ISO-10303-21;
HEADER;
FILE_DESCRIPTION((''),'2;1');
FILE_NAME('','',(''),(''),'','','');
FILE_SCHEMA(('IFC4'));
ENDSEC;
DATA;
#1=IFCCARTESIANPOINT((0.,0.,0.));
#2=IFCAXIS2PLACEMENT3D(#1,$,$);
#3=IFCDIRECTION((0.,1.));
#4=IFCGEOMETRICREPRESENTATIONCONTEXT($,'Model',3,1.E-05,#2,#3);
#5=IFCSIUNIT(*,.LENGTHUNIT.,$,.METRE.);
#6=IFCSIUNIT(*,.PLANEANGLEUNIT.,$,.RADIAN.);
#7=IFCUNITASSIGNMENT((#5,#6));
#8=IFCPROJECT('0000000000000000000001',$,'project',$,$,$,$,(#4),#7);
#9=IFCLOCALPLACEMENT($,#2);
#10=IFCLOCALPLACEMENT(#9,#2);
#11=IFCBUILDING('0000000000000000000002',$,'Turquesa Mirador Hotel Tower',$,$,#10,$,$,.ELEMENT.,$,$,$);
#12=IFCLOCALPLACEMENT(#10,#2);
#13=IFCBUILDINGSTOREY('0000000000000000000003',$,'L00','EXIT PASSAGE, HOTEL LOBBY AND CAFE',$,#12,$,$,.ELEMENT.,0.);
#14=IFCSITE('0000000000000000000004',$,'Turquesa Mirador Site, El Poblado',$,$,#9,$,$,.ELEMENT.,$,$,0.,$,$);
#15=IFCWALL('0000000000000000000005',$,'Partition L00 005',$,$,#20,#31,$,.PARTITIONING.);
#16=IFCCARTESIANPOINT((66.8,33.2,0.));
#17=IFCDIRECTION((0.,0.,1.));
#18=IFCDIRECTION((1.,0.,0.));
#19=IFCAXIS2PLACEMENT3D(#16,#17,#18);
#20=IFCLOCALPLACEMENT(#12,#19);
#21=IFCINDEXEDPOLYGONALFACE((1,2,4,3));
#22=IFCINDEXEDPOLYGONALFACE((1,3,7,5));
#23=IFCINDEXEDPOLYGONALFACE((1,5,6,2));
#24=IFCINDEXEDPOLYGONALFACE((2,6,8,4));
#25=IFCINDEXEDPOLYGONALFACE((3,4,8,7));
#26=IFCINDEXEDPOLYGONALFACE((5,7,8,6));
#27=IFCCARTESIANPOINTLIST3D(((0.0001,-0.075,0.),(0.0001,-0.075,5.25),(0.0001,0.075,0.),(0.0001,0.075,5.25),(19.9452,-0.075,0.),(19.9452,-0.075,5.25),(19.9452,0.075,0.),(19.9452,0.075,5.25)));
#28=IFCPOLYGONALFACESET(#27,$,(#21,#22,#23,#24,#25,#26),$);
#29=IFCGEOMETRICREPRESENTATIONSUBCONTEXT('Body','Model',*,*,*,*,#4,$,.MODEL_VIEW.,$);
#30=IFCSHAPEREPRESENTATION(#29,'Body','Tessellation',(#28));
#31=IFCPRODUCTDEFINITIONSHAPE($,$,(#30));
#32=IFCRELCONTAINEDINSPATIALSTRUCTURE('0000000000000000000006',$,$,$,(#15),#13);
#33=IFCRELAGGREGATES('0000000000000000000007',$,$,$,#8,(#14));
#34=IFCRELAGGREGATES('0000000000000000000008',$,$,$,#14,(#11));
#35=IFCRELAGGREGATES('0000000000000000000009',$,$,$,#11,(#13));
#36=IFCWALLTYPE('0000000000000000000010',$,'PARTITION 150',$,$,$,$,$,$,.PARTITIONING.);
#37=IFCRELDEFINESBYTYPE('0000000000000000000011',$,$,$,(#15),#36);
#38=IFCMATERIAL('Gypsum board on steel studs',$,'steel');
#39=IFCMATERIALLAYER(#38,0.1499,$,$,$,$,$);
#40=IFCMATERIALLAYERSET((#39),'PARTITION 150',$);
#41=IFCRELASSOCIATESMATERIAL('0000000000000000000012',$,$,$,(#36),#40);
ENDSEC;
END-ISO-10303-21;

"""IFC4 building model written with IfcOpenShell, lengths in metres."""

from ifc_helpers import new_model, si_unit, direction, frame, frame_2d, origin, place, context, subcontext, project, spatial, rectangle, extrude, material, layer, layer_set, type_object, element, save


model = new_model("IFC4")

# Units and contexts
model_context = context("Model", 3, precision=1e-05, world=origin(), true_north=direction((0.0, 1.0)))
body_context = subcontext(model_context, "Body", "Model", "MODEL_VIEW")
ifc_project = project(units=[si_unit("LENGTHUNIT", "METRE"), si_unit("PLANEANGLEUNIT", "RADIAN")], contexts=[model_context])

# Site, building, storey
site_placement = place(None, origin())
site = spatial("IfcSite", under=ifc_project, at=site_placement, Name="Turquesa Mirador Site, El Poblado", CompositionType="ELEMENT", RefElevation=0.0)
building_placement = place(site_placement, origin())
building = spatial("IfcBuilding", under=site, at=building_placement, Name="Turquesa Mirador Hotel Tower", CompositionType="ELEMENT")
storey_placement = place(building_placement, origin())
storey = spatial("IfcBuildingStorey", under=building, at=storey_placement, Name="L00", Description="EXIT PASSAGE, HOTEL LOBBY AND CAFE", CompositionType="ELEMENT", Elevation=0.0)

# Wall
ifc_material_1 = material(Name="Gypsum board on steel studs", Category="steel")
ifc_layer_1 = layer(ifc_material_1, 0.1499)
ifc_layer_set_1 = layer_set([ifc_layer_1], Name="PARTITION 150")
wall_type_1 = type_object("IfcWallType", Name="PARTITION 150", PredefinedType="PARTITIONING", material=ifc_layer_set_1)
wall_1_placement = place(storey_placement, frame((66.8, 33.2, 0.0), z_axis=(0.0, 0.0, 1.0), x_axis=(1.0, 0.0, 0.0)))
element("IfcWall", 1, at=wall_1_placement, inside=storey, type_object=wall_type_1, Name="Partition L00 005", PredefinedType="PARTITIONING", context=body_context, shape_type="SweptSolid", body=[
    extrude(rectangle(XDim=19.9451, YDim=0.1499, at=frame_2d((9.9727, 0.0))), origin(), (0.0, 0.0, 1.0), 5.25),
])

save(model, "model.ifc")
